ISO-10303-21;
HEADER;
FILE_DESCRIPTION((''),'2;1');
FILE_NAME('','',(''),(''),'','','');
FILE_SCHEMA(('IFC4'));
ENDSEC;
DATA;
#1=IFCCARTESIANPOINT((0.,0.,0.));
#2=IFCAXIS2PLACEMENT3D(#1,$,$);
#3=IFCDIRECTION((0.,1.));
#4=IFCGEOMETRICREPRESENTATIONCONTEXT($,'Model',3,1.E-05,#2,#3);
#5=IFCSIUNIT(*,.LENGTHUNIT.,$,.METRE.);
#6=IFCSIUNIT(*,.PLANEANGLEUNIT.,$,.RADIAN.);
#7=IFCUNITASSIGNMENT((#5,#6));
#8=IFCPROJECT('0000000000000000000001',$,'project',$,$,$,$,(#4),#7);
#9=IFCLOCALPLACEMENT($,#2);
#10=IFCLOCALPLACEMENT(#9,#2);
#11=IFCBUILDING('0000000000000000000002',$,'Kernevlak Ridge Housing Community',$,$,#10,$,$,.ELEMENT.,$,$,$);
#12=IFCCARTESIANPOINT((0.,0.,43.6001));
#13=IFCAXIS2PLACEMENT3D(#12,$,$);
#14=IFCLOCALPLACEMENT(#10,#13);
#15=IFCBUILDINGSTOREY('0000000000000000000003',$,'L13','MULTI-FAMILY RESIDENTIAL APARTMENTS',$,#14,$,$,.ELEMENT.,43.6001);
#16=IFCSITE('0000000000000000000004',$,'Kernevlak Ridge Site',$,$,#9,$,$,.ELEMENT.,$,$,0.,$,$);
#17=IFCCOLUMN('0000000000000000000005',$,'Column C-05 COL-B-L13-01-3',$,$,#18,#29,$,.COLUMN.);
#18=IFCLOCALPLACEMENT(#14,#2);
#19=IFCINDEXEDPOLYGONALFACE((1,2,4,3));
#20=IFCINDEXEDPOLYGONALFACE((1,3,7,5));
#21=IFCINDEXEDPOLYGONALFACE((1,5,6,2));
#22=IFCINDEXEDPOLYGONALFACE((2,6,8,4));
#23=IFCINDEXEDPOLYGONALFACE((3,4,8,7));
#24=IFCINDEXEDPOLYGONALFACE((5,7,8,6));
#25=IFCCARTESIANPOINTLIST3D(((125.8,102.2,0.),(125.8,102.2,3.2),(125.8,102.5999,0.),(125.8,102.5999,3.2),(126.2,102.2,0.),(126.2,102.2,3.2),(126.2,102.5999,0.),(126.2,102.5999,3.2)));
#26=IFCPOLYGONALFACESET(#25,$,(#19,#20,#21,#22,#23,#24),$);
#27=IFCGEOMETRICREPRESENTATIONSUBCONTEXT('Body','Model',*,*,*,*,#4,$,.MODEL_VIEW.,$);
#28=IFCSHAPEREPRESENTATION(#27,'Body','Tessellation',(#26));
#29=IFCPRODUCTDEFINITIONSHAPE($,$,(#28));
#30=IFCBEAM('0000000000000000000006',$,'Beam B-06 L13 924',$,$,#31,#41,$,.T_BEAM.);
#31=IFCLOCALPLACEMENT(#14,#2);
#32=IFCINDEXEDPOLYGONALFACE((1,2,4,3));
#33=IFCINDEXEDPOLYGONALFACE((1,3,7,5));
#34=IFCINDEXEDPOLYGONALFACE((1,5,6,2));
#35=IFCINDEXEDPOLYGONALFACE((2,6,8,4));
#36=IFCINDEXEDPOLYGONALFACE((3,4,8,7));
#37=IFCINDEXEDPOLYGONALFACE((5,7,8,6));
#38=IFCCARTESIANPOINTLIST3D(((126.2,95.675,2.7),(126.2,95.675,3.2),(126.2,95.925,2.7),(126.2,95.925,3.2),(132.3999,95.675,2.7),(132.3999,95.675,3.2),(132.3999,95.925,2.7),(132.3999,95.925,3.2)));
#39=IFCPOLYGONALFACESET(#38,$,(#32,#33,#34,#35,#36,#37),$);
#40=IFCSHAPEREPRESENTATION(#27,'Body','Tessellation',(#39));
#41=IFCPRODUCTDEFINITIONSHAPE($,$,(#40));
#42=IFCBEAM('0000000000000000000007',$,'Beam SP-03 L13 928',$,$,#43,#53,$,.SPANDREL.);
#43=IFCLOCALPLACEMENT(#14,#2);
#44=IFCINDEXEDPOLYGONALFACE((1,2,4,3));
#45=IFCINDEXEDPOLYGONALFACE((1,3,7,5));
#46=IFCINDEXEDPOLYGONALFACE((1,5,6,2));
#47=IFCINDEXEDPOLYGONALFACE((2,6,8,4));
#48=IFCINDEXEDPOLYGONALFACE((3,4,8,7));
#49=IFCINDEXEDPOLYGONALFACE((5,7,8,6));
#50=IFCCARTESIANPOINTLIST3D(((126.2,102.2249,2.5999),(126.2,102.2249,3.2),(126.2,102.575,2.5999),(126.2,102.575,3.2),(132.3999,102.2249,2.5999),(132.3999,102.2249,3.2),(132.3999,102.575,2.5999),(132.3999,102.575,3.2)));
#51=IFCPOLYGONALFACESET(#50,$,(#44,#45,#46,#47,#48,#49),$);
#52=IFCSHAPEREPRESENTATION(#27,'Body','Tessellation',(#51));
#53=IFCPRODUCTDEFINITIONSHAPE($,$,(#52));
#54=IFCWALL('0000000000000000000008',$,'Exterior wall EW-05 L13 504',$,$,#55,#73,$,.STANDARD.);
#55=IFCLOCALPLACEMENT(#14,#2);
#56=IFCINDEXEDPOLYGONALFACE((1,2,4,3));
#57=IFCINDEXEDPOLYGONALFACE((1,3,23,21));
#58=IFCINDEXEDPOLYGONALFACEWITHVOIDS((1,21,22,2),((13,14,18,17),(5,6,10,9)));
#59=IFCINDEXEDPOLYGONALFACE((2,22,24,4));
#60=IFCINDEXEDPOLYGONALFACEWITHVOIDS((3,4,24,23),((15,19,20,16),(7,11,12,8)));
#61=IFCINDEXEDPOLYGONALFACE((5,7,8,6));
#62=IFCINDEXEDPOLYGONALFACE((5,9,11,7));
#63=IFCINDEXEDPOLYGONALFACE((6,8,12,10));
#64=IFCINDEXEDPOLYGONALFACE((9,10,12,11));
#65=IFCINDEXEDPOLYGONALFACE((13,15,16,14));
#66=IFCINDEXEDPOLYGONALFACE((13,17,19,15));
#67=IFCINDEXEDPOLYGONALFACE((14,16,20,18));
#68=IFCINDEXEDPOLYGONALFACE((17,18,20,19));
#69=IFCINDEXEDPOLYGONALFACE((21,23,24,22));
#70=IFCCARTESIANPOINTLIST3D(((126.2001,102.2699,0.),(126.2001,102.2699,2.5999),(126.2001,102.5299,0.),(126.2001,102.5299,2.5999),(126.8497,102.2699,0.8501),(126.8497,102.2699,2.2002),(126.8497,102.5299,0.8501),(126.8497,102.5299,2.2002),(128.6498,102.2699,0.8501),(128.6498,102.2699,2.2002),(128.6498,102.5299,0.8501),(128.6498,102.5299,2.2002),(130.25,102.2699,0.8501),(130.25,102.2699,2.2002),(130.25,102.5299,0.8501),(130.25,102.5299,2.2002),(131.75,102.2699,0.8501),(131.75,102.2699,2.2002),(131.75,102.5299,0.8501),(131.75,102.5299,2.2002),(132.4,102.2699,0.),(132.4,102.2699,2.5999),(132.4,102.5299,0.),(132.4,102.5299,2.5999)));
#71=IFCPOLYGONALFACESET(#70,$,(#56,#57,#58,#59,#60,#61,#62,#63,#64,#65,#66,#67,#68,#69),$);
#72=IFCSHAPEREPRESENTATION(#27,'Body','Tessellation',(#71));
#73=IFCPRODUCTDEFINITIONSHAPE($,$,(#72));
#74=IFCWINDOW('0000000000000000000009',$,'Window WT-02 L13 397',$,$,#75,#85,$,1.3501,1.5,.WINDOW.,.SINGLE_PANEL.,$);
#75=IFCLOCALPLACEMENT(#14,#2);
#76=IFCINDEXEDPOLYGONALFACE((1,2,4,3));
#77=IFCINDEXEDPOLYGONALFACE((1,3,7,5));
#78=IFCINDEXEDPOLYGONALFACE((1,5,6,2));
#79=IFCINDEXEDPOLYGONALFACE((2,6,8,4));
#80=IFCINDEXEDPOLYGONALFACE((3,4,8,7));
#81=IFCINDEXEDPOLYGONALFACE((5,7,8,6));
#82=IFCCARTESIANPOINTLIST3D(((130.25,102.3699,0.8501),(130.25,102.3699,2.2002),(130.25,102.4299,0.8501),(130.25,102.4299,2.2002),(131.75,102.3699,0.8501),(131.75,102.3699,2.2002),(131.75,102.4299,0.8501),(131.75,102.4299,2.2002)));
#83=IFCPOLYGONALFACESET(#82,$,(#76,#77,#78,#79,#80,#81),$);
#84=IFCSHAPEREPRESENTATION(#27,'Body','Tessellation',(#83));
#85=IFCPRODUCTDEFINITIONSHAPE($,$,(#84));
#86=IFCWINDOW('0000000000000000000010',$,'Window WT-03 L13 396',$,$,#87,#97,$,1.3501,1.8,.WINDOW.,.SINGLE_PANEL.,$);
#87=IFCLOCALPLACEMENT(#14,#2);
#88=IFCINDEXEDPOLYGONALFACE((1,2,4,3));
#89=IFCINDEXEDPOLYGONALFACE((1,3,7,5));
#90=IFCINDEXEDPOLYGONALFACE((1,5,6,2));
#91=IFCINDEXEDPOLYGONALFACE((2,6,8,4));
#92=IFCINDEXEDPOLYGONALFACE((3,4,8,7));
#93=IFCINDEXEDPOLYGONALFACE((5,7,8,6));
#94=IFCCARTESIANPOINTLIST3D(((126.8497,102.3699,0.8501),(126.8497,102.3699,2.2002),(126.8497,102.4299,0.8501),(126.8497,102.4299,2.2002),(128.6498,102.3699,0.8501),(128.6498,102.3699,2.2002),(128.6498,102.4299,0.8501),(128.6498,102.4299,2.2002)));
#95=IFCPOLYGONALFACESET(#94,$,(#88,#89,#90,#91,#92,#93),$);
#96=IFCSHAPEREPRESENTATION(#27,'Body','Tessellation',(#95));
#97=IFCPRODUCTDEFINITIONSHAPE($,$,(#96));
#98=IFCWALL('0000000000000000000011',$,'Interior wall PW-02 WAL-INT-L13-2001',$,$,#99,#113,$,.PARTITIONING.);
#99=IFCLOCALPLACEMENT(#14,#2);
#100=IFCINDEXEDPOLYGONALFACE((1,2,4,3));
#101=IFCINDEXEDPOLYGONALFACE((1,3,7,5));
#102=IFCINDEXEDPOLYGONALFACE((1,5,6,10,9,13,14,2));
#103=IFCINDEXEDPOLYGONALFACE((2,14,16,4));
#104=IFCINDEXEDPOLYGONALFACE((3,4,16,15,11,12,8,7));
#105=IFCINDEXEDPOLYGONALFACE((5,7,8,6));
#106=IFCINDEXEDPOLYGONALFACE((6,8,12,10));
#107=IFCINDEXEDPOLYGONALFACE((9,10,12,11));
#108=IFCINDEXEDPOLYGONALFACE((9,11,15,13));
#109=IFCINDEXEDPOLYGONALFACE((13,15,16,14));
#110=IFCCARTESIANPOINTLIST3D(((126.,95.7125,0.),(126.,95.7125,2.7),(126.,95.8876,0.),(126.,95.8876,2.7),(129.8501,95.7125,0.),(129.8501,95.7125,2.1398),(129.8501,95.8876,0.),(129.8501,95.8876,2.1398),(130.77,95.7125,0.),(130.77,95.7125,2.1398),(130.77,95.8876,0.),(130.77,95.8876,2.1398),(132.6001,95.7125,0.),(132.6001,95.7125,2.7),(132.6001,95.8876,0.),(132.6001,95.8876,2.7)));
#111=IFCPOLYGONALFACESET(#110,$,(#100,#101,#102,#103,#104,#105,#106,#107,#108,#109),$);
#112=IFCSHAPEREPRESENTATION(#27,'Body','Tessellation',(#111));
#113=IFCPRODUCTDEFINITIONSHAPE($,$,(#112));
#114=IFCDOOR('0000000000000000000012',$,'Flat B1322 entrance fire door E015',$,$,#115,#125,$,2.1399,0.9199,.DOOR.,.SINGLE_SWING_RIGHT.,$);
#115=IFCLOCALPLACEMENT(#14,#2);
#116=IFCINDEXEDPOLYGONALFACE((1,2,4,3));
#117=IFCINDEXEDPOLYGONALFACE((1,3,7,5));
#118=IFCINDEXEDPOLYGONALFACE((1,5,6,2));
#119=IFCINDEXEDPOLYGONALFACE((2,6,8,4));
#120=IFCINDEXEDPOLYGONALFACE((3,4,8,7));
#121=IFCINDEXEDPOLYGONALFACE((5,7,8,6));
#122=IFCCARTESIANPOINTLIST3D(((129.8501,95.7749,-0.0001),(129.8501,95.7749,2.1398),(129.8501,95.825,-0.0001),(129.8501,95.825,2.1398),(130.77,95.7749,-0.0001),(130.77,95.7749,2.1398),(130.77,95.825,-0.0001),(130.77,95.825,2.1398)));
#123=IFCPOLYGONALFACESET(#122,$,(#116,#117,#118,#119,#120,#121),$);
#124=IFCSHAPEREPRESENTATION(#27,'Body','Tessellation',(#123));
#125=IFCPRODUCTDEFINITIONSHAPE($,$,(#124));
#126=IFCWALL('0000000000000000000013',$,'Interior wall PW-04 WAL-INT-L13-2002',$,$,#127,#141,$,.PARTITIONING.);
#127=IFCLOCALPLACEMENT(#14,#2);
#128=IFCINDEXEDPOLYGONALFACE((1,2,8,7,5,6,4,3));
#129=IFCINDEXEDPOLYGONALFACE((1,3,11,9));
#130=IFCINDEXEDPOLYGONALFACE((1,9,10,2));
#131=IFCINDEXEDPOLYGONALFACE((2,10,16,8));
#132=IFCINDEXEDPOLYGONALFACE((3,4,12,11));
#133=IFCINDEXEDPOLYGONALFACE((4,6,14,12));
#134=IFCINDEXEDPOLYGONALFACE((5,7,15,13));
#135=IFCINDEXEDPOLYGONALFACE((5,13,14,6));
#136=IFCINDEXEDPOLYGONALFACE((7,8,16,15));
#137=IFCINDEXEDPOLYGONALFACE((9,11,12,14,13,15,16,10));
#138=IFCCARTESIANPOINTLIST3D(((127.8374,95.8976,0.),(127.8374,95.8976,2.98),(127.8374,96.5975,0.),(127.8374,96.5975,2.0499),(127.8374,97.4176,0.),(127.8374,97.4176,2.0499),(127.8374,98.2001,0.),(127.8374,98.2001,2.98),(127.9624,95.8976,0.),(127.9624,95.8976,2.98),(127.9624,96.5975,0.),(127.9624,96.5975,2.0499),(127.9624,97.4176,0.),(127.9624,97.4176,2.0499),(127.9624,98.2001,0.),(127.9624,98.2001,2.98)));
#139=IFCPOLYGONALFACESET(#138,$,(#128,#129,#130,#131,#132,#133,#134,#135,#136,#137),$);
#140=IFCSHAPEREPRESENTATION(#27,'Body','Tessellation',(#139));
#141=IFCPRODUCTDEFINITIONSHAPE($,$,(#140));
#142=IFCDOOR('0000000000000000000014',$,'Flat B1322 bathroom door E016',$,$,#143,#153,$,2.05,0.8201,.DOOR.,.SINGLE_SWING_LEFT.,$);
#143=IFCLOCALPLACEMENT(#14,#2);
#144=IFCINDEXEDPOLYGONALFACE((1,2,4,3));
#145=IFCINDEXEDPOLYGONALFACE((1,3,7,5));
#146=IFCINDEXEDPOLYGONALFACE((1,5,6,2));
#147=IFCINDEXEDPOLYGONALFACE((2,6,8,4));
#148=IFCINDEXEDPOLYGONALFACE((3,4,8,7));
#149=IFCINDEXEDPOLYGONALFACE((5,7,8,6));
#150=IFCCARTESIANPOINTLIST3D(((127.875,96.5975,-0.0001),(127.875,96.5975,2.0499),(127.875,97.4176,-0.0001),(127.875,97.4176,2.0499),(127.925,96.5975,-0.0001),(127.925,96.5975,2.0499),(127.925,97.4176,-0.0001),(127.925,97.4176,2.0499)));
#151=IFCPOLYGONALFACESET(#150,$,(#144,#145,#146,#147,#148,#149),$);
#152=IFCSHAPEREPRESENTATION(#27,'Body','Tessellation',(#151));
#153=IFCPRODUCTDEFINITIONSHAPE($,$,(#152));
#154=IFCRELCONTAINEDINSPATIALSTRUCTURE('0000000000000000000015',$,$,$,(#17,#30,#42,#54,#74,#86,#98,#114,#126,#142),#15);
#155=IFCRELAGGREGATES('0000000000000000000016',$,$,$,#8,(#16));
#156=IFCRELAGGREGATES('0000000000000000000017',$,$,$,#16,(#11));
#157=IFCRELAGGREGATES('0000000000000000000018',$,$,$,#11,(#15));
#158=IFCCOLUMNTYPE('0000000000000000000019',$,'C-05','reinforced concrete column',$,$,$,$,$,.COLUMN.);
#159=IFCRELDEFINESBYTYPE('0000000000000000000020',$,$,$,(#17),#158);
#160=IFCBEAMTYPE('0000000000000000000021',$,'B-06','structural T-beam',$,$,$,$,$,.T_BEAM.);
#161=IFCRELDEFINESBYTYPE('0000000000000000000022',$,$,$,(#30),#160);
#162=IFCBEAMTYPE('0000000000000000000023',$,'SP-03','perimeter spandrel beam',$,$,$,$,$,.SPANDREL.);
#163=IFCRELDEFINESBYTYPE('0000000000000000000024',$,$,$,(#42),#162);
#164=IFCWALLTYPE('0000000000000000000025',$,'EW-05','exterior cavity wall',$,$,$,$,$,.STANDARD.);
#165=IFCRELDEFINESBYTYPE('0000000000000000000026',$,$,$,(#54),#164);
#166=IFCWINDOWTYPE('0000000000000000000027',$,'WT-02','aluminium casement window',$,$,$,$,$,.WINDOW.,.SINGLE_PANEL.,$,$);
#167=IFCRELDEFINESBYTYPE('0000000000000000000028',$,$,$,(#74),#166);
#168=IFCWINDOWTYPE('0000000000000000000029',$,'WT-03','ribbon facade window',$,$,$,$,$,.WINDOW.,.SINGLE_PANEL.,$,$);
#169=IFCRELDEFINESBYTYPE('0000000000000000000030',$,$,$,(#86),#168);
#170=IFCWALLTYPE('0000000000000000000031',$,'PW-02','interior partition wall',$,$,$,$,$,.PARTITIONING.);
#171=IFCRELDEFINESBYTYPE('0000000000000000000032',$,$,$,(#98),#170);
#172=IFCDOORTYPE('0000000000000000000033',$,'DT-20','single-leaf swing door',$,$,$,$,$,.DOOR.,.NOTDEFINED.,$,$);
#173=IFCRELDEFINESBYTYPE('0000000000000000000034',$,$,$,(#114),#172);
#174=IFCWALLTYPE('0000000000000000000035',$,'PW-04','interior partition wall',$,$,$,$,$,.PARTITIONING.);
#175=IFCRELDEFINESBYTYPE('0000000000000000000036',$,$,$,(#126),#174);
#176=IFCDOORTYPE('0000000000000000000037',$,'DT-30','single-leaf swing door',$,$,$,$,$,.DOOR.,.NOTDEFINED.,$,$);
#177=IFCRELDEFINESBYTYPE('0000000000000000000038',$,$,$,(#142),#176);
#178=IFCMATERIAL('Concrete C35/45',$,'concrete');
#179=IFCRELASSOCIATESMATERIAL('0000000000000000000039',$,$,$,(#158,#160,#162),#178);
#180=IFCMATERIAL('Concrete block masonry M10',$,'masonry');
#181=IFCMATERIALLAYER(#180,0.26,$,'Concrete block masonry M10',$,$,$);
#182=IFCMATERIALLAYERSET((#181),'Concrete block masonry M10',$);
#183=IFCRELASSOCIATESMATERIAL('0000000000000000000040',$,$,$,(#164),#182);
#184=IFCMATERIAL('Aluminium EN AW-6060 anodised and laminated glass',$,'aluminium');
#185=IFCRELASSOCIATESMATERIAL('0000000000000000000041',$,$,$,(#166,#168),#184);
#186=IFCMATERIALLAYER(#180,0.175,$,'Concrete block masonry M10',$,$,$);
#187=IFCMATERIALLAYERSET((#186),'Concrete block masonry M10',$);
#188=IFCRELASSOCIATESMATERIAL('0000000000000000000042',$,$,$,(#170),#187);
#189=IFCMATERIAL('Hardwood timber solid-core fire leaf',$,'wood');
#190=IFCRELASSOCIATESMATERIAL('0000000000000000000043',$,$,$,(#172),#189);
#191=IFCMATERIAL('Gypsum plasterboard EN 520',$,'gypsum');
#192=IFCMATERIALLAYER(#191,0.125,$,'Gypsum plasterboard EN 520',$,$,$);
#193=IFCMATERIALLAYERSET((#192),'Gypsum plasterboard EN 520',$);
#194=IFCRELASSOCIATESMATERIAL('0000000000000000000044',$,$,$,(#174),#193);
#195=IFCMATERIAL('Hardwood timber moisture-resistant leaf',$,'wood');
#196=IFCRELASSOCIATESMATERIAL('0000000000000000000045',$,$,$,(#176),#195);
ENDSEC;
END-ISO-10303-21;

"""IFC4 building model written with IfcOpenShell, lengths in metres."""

from ifc_helpers import new_model, si_unit, direction, frame, frame_2d, origin, origin_2d, place, context, subcontext, project, spatial, rectangle, extrude, material, layer, layer_set, material_profile, profile_set, type_object, element, fill, save


model = new_model("IFC4")

# Units and contexts
model_context = context("Model", 3, precision=1e-05, world=origin(), true_north=direction((0.0, 1.0)))
body_context = subcontext(model_context, "Body", "Model", "MODEL_VIEW")
ifc_project = project(units=[si_unit("LENGTHUNIT", "METRE"), si_unit("PLANEANGLEUNIT", "RADIAN")], contexts=[model_context])

# Site, building, storey
site_placement = place(None, origin())
site = spatial("IfcSite", under=ifc_project, at=site_placement, Name="Kernevlak Ridge Site", CompositionType="ELEMENT", RefElevation=0.0)
building_placement = place(site_placement, origin())
building = spatial("IfcBuilding", under=site, at=building_placement, Name="Kernevlak Ridge Housing Community", CompositionType="ELEMENT")
storey_placement = place(building_placement, frame((0.0, 0.0, 43.6001)))
storey = spatial("IfcBuildingStorey", under=building, at=storey_placement, Name="L13", Description="MULTI-FAMILY RESIDENTIAL APARTMENTS", CompositionType="ELEMENT", Elevation=43.6001)

# Column
ifc_material_1 = material(Name="Concrete C35/45", Category="concrete")
ifc_material_profile_1 = material_profile(ifc_material_1, rectangle(XDim=0.3999, YDim=0.3999, at=origin_2d()), Name="RC 400x400")
ifc_profile_set_1 = profile_set([ifc_material_profile_1], Name="Concrete C35/45")
column_type = type_object("IfcColumnType", Name="C-05", Description="reinforced concrete column", PredefinedType="COLUMN", material=ifc_profile_set_1)
column_placement = place(storey_placement, frame((126.0, 102.3999, 0.0), z_axis=(0.0, 0.0, 1.0), x_axis=(1.0, 0.0, 0.0)))
element("IfcColumn", 1, at=column_placement, inside=storey, type_object=column_type, Name="Column C-05 COL-B-L13-01-3", PredefinedType="COLUMN", context=body_context, shape_type="SweptSolid", body=[
    extrude(rectangle(XDim=0.3999, YDim=0.3999, at=origin_2d()), origin(), (0.0, 0.0, 1.0), 3.2),
])

# Beams
ifc_material_profile_2 = material_profile(ifc_material_1, rectangle(XDim=0.25, YDim=0.5, at=origin_2d()), Name="RC 250x500")
ifc_profile_set_2 = profile_set([ifc_material_profile_2], Name="Concrete C35/45")
beam_type_1 = type_object("IfcBeamType", Name="B-06", Description="structural T-beam", PredefinedType="T_BEAM", material=ifc_profile_set_2)
beam_1_placement = place(storey_placement, frame((126.2, 95.8, 2.95), z_axis=(1.0, 0.0, 0.0), x_axis=(0.0, 1.0, 0.0)))
element("IfcBeam", 2, at=beam_1_placement, inside=storey, type_object=beam_type_1, Name="Beam B-06 L13 924", PredefinedType="T_BEAM", context=body_context, shape_type="SweptSolid", body=[
    extrude(rectangle(XDim=0.25, YDim=0.5, at=origin_2d()), origin(), (0.0, 0.0, 1.0), 6.2),
])
ifc_material_profile_3 = material_profile(ifc_material_1, rectangle(XDim=0.3501, YDim=0.6001, at=origin_2d()), Name="RC 350x600")
ifc_profile_set_3 = profile_set([ifc_material_profile_3], Name="Concrete C35/45")
beam_type_2 = type_object("IfcBeamType", Name="SP-03", Description="perimeter spandrel beam", PredefinedType="SPANDREL", material=ifc_profile_set_3)
beam_2_placement = place(storey_placement, frame((126.2, 102.3999, 2.8999), z_axis=(1.0, 0.0, 0.0), x_axis=(0.0, 1.0, 0.0)))
element("IfcBeam", 3, at=beam_2_placement, inside=storey, type_object=beam_type_2, Name="Beam SP-03 L13 928", PredefinedType="SPANDREL", context=body_context, shape_type="SweptSolid", body=[
    extrude(rectangle(XDim=0.3501, YDim=0.6001, at=origin_2d()), origin(), (0.0, 0.0, 1.0), 6.2),
])

# Wall, openings, windows
ifc_material_2 = material(Name="Concrete block masonry M10", Category="masonry")
ifc_layer_1 = layer(ifc_material_2, 0.26, Name="Concrete block masonry M10")
ifc_layer_set_1 = layer_set([ifc_layer_1], Name="Concrete block masonry M10")
wall_type_1 = type_object("IfcWallType", Name="EW-05", Description="exterior cavity wall", PredefinedType="STANDARD", material=ifc_layer_set_1)
wall_1_placement = place(storey_placement, frame((126.2, 102.3999, 0.0), z_axis=(0.0, 0.0, 1.0), x_axis=(1.0, 0.0, 0.0)))
wall_1 = element("IfcWall", 4, at=wall_1_placement, inside=storey, type_object=wall_type_1, Name="Exterior wall EW-05 L13 504", PredefinedType="STANDARD", context=body_context, shape_type="SweptSolid", body=[
    extrude(rectangle(XDim=6.2, YDim=0.26, at=frame_2d((3.1001, 0.0))), origin(), (0.0, 0.0, 1.0), 2.5999),
])
opening_1_placement = place(wall_1_placement, frame((0.6499, 0.0, 0.8501)))
opening_1 = element("IfcOpeningElement", 5, at=opening_1_placement, cuts=wall_1, PredefinedType="OPENING", context=body_context, shape_type="SweptSolid", body=[
    extrude(rectangle(XDim=1.8, YDim=1.3501, at=frame_2d((0.8999, 0.675))), frame((0.0, 0.1399, 0.0), z_axis=(0.0, -1.0, 0.0), x_axis=(1.0, 0.0, 0.0)), (0.0, 0.0, 1.0), 0.28),
])
opening_2_placement = place(wall_1_placement, frame((4.05, 0.0, 0.8501)))
opening_2 = element("IfcOpeningElement", 6, at=opening_2_placement, cuts=wall_1, PredefinedType="OPENING", context=body_context, shape_type="SweptSolid", body=[
    extrude(rectangle(XDim=1.5, YDim=1.3501, at=frame_2d((0.75, 0.675))), frame((0.0, 0.1399, 0.0), z_axis=(0.0, -1.0, 0.0), x_axis=(1.0, 0.0, 0.0)), (0.0, 0.0, 1.0), 0.28),
])
ifc_material_3 = material(Name="Aluminium EN AW-6060 anodised and laminated glass", Category="aluminium")
window_type_1 = type_object("IfcWindowType", Name="WT-02", Description="aluminium casement window", PartitioningType="SINGLE_PANEL", PredefinedType="WINDOW", material=ifc_material_3)
window_1_placement = place(opening_2_placement, origin())
window_1 = element("IfcWindow", 7, at=window_1_placement, inside=storey, type_object=window_type_1, Name="Window WT-02 L13 397", OverallHeight=1.3501, OverallWidth=1.5, PartitioningType="SINGLE_PANEL", PredefinedType="WINDOW", context=body_context, shape_type="SweptSolid", body=[
    extrude(rectangle(XDim=1.5, YDim=1.3501, at=frame_2d((0.75, 0.675))), frame((0.0, 0.03, 0.0), z_axis=(0.0, -1.0, 0.0), x_axis=(1.0, 0.0, 0.0)), (0.0, 0.0, 1.0), 0.0601),
])
fill(opening_2, window_1)
window_type_2 = type_object("IfcWindowType", Name="WT-03", Description="ribbon facade window", PartitioningType="SINGLE_PANEL", PredefinedType="WINDOW", material=ifc_material_3)
window_2_placement = place(opening_1_placement, origin())
window_2 = element("IfcWindow", 8, at=window_2_placement, inside=storey, type_object=window_type_2, Name="Window WT-03 L13 396", OverallHeight=1.3501, OverallWidth=1.8, PartitioningType="SINGLE_PANEL", PredefinedType="WINDOW", context=body_context, shape_type="SweptSolid", body=[
    extrude(rectangle(XDim=1.8, YDim=1.3501, at=frame_2d((0.8999, 0.675))), frame((0.0, 0.03, 0.0), z_axis=(0.0, -1.0, 0.0), x_axis=(1.0, 0.0, 0.0)), (0.0, 0.0, 1.0), 0.0601),
])
fill(opening_1, window_2)

# Walls, openings, doors
ifc_layer_2 = layer(ifc_material_2, 0.175, Name="Concrete block masonry M10")
ifc_layer_set_2 = layer_set([ifc_layer_2], Name="Concrete block masonry M10")
wall_type_2 = type_object("IfcWallType", Name="PW-02", Description="interior partition wall", PredefinedType="PARTITIONING", material=ifc_layer_set_2)
wall_2_placement = place(storey_placement, frame((126.0, 95.8, 0.0), z_axis=(0.0, 0.0, 1.0), x_axis=(1.0, 0.0, 0.0)))
wall_2 = element("IfcWall", 9, at=wall_2_placement, inside=storey, type_object=wall_type_2, Name="Interior wall PW-02 WAL-INT-L13-2001", PredefinedType="PARTITIONING", context=body_context, shape_type="SweptSolid", body=[
    extrude(rectangle(XDim=6.6001, YDim=0.175, at=frame_2d((3.3, 0.0))), origin(), (0.0, 0.0, 1.0), 2.7),
])
opening_3_placement = place(wall_2_placement, frame((3.8501, 0.0, 0.0)))
opening_3 = element("IfcOpeningElement", 10, at=opening_3_placement, cuts=wall_2, PredefinedType="OPENING", context=body_context, shape_type="SweptSolid", body=[
    extrude(rectangle(XDim=0.9199, YDim=2.1399, at=frame_2d((0.46, 1.0698))), frame((0.0, 0.0974, 0.0), z_axis=(0.0, -1.0, 0.0), x_axis=(1.0, 0.0, 0.0)), (0.0, 0.0, 1.0), 0.1951),
])
ifc_material_4 = material(Name="Hardwood timber solid-core fire leaf", Category="wood")
door_type_1 = type_object("IfcDoorType", Name="DT-20", Description="single-leaf swing door", OperationType="NOTDEFINED", PredefinedType="DOOR", material=ifc_material_4)
door_1_placement = place(opening_3_placement, origin())
door_1 = element("IfcDoor", 11, at=door_1_placement, inside=storey, type_object=door_type_1, Name="Flat B1322 entrance fire door E015", OperationType="SINGLE_SWING_RIGHT", OverallHeight=2.1399, OverallWidth=0.9199, PredefinedType="DOOR", context=body_context, shape_type="SweptSolid", body=[
    extrude(rectangle(XDim=0.9199, YDim=2.1399, at=frame_2d((0.46, 1.0698))), frame((0.0, 0.0249, 0.0), z_axis=(0.0, -1.0, 0.0), x_axis=(1.0, 0.0, 0.0)), (0.0, 0.0, 1.0), 0.05),
])
fill(opening_3, door_1)
ifc_material_5 = material(Name="Gypsum plasterboard EN 520", Category="gypsum")
ifc_layer_3 = layer(ifc_material_5, 0.125, Name="Gypsum plasterboard EN 520")
ifc_layer_set_3 = layer_set([ifc_layer_3], Name="Gypsum plasterboard EN 520")
wall_type_3 = type_object("IfcWallType", Name="PW-04", Description="interior partition wall", PredefinedType="PARTITIONING", material=ifc_layer_set_3)
wall_3_placement = place(storey_placement, frame((127.8999, 95.8975, 0.0), z_axis=(0.0, 0.0, 1.0), x_axis=(0.0, 1.0, 0.0)))
wall_3 = element("IfcWall", 12, at=wall_3_placement, inside=storey, type_object=wall_type_3, Name="Interior wall PW-04 WAL-INT-L13-2002", PredefinedType="PARTITIONING", context=body_context, shape_type="SweptSolid", body=[
    extrude(rectangle(XDim=2.3025, YDim=0.125, at=frame_2d((1.1514, 0.0))), origin(), (0.0, 0.0, 1.0), 2.98),
])
opening_4_placement = place(wall_3_placement, frame((0.7, 0.0, 0.0)))
opening_4 = element("IfcOpeningElement", 13, at=opening_4_placement, cuts=wall_3, PredefinedType="OPENING", context=body_context, shape_type="SweptSolid", body=[
    extrude(rectangle(XDim=0.8201, YDim=2.05, at=frame_2d((0.4102, 1.0249))), frame((0.0, 0.0725, 0.0), z_axis=(0.0, -1.0, 0.0), x_axis=(1.0, 0.0, 0.0)), (0.0, 0.0, 1.0), 0.145),
])
ifc_material_6 = material(Name="Hardwood timber moisture-resistant leaf", Category="wood")
door_type_2 = type_object("IfcDoorType", Name="DT-30", Description="single-leaf swing door", OperationType="NOTDEFINED", PredefinedType="DOOR", material=ifc_material_6)
door_2_placement = place(opening_4_placement, origin())
door_2 = element("IfcDoor", 14, at=door_2_placement, inside=storey, type_object=door_type_2, Name="Flat B1322 bathroom door E016", OperationType="SINGLE_SWING_LEFT", OverallHeight=2.05, OverallWidth=0.8201, PredefinedType="DOOR", context=body_context, shape_type="SweptSolid", body=[
    extrude(rectangle(XDim=0.8201, YDim=2.05, at=frame_2d((0.4102, 1.0249))), frame((0.0, 0.0249, 0.0), z_axis=(0.0, -1.0, 0.0), x_axis=(1.0, 0.0, 0.0)), (0.0, 0.0, 1.0), 0.05),
])
fill(opening_4, door_2)

save(model, "model.ifc")
